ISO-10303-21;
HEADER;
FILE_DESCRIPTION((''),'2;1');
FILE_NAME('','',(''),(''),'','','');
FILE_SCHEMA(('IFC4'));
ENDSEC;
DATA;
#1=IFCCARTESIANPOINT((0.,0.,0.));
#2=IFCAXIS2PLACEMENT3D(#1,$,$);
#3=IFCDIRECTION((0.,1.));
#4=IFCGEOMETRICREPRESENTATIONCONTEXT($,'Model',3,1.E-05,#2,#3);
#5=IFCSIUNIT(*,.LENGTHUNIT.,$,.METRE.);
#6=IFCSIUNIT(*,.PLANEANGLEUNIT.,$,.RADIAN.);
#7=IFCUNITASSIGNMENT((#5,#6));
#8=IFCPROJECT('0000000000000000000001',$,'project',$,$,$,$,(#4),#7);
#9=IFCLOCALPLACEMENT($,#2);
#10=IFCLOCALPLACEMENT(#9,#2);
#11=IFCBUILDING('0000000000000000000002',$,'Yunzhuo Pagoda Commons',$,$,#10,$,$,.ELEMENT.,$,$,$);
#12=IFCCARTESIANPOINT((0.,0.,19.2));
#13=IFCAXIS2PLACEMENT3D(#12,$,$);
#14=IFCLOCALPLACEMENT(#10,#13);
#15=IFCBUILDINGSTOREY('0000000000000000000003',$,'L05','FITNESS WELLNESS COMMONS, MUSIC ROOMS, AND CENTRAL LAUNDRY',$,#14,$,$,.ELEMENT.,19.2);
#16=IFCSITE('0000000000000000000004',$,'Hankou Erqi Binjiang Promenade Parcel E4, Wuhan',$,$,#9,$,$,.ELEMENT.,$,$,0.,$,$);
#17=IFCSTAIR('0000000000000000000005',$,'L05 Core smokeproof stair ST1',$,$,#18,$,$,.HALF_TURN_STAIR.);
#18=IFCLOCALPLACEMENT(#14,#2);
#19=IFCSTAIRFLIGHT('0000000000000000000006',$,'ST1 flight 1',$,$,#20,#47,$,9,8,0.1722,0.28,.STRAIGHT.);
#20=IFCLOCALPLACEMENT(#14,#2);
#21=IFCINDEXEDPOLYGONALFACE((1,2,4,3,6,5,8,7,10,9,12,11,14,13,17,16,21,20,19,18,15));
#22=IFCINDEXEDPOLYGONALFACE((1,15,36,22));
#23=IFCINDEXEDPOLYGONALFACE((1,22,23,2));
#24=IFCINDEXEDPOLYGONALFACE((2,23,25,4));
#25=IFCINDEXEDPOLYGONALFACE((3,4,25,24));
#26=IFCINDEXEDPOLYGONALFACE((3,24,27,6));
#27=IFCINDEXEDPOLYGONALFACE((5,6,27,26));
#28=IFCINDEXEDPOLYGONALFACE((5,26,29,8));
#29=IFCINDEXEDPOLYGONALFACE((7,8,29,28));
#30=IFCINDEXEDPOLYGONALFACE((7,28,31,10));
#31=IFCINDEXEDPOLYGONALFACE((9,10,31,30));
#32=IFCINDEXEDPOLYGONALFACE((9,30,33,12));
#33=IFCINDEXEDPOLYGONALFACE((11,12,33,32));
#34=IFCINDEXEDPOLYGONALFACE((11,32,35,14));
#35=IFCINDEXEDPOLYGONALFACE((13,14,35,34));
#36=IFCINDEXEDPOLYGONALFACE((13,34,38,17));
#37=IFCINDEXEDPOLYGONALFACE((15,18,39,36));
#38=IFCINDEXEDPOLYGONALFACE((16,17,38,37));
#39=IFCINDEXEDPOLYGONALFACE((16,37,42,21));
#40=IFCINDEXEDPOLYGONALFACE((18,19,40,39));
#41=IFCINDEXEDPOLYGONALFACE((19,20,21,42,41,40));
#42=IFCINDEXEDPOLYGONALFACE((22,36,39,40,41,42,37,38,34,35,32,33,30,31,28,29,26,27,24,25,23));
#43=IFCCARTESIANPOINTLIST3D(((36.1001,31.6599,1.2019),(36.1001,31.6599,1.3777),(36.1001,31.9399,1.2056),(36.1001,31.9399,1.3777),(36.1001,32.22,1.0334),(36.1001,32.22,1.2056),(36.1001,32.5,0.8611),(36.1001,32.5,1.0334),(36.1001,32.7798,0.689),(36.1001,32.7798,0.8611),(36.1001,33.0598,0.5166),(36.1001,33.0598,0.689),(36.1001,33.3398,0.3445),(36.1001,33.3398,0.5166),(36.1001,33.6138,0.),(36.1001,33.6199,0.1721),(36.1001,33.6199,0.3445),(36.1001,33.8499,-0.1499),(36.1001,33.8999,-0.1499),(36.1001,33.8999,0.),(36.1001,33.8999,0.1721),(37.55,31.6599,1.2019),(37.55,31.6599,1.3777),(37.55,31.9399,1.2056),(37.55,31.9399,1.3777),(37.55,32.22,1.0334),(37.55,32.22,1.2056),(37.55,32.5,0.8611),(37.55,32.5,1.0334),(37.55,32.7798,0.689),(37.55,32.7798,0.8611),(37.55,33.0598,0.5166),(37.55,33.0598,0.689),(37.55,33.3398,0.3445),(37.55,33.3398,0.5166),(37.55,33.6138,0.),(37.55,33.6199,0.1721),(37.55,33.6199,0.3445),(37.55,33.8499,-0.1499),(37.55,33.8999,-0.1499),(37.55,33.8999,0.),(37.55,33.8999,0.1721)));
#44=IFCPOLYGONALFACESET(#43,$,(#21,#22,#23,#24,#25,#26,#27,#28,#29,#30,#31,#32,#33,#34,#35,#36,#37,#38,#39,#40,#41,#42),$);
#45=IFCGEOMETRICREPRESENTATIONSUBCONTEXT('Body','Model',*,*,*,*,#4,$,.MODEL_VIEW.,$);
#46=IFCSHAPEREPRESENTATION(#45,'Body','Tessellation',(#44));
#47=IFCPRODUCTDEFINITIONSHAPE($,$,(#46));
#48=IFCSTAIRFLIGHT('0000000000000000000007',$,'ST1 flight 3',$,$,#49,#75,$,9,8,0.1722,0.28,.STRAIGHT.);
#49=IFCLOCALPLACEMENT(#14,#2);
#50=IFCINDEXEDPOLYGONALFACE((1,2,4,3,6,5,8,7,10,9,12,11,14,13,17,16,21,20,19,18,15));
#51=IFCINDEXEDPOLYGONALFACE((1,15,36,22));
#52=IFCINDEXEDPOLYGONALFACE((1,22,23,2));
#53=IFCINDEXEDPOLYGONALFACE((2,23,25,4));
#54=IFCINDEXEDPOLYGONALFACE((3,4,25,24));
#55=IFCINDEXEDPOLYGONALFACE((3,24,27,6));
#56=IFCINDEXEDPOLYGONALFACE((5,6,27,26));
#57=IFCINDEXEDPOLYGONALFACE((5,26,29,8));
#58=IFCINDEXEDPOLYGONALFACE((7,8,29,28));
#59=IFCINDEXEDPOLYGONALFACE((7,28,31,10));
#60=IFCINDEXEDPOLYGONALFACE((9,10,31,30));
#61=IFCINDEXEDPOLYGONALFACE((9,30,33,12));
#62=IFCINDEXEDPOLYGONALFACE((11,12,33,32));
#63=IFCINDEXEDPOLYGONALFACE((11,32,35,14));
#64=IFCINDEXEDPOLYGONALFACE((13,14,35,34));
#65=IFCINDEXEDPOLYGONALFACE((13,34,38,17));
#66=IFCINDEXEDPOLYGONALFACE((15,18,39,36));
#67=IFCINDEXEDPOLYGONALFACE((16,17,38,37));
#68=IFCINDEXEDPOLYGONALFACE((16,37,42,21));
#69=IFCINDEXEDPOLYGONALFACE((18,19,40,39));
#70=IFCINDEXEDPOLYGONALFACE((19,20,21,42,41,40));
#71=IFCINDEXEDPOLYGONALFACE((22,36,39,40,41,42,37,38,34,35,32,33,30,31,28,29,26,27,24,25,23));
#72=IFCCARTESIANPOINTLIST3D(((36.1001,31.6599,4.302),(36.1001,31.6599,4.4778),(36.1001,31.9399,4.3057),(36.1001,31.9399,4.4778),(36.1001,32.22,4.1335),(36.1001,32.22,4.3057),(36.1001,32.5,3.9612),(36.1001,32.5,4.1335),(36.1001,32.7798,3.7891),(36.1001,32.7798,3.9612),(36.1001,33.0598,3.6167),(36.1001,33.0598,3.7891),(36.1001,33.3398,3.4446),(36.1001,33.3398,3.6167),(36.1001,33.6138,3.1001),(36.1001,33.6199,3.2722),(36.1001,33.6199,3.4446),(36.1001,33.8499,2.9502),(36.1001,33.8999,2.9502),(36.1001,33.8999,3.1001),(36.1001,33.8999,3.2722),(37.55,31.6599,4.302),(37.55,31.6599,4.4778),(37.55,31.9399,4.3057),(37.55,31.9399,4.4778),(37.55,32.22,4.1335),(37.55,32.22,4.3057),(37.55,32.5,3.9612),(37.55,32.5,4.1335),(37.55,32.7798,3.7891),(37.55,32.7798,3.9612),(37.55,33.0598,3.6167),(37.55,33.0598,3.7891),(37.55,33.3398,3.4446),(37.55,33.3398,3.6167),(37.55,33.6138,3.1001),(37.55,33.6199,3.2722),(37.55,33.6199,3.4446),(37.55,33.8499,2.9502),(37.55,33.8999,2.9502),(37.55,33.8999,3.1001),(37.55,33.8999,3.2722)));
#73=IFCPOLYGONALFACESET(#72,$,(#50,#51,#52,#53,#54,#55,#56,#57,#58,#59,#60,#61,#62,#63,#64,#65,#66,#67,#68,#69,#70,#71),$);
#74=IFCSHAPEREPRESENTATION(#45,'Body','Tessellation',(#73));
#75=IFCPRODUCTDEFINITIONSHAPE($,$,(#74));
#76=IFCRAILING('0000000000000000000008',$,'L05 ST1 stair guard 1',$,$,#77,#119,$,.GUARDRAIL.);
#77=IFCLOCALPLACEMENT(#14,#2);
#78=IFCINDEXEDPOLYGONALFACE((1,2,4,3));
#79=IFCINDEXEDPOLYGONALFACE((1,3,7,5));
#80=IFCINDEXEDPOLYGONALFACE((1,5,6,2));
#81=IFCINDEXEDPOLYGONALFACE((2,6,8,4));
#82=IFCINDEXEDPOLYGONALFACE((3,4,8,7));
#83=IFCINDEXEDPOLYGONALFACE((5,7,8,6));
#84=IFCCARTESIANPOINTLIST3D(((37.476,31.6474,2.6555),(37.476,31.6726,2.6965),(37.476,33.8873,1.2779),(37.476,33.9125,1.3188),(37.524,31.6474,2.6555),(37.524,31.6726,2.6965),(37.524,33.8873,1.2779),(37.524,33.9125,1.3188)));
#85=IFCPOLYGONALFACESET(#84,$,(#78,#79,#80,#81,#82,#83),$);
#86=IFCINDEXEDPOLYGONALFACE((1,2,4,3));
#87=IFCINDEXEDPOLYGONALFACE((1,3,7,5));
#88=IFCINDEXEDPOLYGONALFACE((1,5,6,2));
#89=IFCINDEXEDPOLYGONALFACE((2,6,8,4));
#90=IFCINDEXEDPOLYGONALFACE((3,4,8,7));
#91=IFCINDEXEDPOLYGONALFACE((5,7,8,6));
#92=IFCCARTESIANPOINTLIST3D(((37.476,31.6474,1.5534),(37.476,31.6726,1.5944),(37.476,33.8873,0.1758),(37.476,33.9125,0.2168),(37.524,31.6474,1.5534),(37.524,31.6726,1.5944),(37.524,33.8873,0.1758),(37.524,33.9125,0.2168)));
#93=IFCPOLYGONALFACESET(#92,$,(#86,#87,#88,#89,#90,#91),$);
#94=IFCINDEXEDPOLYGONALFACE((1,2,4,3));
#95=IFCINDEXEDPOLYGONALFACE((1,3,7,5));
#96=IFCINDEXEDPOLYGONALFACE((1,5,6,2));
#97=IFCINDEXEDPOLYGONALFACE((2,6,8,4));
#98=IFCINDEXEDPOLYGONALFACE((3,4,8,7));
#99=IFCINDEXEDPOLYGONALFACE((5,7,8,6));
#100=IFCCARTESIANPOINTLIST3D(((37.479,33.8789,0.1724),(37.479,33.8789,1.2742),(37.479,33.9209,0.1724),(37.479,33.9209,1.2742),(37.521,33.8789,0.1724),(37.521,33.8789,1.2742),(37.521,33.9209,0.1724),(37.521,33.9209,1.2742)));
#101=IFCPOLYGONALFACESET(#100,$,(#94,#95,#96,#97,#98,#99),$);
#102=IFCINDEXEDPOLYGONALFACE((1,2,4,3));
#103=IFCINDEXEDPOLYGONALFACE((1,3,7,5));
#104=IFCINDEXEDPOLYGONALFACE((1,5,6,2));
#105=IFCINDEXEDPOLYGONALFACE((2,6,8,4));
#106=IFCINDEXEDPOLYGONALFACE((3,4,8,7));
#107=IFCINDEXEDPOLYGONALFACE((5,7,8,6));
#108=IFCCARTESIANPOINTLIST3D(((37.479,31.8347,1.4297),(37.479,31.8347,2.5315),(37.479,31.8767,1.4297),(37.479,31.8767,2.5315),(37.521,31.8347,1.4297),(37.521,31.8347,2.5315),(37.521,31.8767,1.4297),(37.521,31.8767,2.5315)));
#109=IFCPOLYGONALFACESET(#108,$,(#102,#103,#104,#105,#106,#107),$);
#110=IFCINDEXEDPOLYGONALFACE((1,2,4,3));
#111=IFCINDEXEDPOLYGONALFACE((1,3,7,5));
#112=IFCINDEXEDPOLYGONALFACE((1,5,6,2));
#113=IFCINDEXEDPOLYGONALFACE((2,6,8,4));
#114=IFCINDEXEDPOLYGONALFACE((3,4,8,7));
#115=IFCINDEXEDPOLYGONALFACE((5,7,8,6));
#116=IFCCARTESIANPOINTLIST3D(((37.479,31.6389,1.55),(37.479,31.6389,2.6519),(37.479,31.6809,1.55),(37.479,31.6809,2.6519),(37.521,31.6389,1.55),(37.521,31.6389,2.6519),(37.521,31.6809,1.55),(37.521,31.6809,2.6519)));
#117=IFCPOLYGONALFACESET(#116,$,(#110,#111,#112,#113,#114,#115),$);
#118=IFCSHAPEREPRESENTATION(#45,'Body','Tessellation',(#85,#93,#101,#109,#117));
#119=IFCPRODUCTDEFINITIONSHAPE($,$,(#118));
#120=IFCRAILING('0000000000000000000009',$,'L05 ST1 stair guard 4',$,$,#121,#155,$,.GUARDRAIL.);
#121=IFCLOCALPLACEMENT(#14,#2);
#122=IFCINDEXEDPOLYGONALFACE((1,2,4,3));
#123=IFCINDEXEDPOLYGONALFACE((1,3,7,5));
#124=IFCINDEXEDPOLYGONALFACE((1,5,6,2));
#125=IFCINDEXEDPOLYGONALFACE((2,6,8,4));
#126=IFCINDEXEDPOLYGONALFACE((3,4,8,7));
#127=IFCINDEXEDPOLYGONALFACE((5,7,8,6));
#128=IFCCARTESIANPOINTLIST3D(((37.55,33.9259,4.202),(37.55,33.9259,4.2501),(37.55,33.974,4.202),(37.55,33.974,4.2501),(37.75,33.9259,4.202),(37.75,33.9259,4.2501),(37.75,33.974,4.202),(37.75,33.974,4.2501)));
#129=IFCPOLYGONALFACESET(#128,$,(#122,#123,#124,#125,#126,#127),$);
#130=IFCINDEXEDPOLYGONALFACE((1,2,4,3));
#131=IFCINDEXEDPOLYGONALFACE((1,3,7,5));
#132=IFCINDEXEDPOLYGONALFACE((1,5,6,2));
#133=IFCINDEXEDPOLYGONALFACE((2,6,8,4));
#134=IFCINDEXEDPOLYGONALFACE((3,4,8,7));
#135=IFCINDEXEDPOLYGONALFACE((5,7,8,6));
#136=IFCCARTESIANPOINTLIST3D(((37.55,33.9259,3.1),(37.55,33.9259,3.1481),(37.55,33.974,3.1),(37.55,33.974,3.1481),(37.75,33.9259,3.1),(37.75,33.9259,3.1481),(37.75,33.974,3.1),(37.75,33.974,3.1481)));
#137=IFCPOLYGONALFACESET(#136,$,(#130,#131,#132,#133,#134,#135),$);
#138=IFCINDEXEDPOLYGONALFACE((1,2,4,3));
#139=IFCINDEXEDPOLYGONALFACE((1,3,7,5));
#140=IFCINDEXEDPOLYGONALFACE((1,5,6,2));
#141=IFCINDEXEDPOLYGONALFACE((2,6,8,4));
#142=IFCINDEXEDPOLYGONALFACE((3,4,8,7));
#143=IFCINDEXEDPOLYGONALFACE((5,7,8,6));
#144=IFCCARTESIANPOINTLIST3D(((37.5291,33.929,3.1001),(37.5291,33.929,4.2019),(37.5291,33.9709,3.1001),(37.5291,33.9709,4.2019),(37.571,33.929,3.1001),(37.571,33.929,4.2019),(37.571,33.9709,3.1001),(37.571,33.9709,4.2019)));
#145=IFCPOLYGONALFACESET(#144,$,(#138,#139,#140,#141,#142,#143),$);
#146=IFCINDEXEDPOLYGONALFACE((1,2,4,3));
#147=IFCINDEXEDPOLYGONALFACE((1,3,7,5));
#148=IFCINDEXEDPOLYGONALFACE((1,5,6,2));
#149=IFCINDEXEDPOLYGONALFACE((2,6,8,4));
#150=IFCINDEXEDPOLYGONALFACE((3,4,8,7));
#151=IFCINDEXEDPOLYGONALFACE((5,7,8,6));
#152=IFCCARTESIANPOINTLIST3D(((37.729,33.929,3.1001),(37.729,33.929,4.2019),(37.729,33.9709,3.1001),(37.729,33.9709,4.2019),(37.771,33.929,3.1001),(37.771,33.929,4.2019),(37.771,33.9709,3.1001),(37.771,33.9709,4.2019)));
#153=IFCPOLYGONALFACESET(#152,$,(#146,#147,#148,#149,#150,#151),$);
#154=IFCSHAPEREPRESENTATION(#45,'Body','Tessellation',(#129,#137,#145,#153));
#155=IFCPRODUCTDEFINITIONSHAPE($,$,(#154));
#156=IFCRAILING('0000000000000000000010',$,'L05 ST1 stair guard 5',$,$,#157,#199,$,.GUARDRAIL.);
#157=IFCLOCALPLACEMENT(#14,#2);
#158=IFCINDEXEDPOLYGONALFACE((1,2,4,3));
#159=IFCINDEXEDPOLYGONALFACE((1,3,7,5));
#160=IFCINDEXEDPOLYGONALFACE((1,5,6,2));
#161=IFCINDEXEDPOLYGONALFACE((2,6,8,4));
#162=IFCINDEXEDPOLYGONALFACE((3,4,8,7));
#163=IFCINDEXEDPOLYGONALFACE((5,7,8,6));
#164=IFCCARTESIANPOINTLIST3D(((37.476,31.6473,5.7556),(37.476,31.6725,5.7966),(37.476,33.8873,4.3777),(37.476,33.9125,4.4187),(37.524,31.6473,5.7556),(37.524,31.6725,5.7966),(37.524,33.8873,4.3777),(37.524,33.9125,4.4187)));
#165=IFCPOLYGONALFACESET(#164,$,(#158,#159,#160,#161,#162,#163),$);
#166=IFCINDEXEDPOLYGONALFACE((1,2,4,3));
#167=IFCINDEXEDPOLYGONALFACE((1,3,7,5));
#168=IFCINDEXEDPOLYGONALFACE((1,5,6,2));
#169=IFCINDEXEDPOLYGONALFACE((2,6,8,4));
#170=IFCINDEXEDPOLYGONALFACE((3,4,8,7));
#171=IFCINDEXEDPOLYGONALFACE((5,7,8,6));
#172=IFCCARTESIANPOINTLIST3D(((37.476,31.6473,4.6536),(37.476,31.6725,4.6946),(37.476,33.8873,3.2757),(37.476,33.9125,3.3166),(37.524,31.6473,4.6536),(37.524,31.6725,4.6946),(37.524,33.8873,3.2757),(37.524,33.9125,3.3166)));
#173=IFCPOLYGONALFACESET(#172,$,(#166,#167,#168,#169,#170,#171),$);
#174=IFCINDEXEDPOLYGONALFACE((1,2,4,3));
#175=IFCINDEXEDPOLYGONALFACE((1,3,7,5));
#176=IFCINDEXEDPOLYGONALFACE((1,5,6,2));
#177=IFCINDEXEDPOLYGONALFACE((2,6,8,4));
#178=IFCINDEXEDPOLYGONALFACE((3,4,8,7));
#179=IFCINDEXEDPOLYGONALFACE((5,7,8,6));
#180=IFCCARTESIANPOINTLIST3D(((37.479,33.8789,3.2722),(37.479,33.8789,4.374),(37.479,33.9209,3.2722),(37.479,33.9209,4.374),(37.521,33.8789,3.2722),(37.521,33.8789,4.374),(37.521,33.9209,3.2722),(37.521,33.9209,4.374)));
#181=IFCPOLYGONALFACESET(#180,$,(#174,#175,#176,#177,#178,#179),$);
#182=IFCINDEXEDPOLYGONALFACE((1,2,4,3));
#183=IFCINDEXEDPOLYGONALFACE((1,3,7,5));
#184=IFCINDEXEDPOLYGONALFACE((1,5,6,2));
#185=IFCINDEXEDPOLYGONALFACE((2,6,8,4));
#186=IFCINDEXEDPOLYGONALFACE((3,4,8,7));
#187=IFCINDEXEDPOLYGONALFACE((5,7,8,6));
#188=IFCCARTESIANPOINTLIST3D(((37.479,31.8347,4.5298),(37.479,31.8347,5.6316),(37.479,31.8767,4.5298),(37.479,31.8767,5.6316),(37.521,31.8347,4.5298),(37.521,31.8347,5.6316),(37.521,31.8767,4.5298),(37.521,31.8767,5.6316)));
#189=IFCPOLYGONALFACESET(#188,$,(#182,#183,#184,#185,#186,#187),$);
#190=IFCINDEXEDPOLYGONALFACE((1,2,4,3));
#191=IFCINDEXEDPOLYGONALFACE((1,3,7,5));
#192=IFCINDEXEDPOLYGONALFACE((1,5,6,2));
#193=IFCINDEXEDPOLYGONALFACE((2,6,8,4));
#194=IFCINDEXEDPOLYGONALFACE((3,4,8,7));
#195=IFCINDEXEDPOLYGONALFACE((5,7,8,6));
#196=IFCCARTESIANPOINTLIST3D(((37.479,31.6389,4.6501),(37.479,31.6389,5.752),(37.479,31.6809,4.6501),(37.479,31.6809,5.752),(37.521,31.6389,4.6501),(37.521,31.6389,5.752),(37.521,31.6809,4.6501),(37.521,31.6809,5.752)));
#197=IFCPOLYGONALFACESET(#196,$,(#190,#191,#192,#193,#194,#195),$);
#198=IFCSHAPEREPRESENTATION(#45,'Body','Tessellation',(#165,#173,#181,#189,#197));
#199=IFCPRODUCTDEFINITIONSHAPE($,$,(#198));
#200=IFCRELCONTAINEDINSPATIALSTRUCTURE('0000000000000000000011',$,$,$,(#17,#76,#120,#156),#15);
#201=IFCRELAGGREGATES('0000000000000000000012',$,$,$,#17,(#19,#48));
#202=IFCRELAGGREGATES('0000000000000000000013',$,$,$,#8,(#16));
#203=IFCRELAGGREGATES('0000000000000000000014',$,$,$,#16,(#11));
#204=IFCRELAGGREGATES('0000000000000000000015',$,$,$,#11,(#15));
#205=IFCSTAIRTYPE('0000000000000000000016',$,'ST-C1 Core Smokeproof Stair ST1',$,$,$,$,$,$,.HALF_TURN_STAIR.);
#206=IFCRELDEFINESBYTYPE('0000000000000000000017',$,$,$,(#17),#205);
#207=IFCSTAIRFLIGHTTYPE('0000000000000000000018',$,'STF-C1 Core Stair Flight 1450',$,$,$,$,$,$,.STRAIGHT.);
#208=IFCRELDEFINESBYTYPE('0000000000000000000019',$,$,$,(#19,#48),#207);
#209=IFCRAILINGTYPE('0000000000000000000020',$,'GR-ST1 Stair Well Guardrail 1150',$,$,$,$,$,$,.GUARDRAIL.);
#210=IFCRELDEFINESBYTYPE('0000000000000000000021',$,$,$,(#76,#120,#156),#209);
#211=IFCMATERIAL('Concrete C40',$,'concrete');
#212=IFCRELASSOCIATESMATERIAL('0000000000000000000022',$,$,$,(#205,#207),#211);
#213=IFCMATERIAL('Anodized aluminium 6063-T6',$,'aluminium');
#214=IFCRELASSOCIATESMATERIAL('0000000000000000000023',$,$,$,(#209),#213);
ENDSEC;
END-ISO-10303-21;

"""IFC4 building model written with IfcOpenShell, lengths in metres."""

from ifc_helpers import new_model, si_unit, direction, frame, origin, origin_2d, place, context, subcontext, project, spatial, polyline, rectangle, outline, extrude, source, transform, mapped, material, type_object, element, aggregate, save


model = new_model("IFC4")

# Units and contexts
model_context = context("Model", 3, precision=1e-05, world=origin(), true_north=direction((0.0, 1.0)))
body_context = subcontext(model_context, "Body", "Model", "MODEL_VIEW")
ifc_project = project(units=[si_unit("LENGTHUNIT", "METRE"), si_unit("PLANEANGLEUNIT", "RADIAN")], contexts=[model_context])

# Site, building, storey
site_placement = place(None, origin())
site = spatial("IfcSite", under=ifc_project, at=site_placement, Name="Hankou Erqi Binjiang Promenade Parcel E4, Wuhan", CompositionType="ELEMENT", RefElevation=0.0)
building_placement = place(site_placement, origin())
building = spatial("IfcBuilding", under=site, at=building_placement, Name="Yunzhuo Pagoda Commons", CompositionType="ELEMENT")
storey_placement = place(building_placement, frame((0.0, 0.0, 19.2)))
storey = spatial("IfcBuildingStorey", under=building, at=storey_placement, Name="L05", Description="FITNESS WELLNESS COMMONS, MUSIC ROOMS, AND CENTRAL LAUNDRY", CompositionType="ELEMENT", Elevation=19.2)

# Shared definitions
ifc_material_1 = material(Name="Concrete C40", Category="concrete")

# Stair, stair flights
stair_type = type_object("IfcStairType", Name="ST-C1 Core Smokeproof Stair ST1", PredefinedType="HALF_TURN_STAIR", material=ifc_material_1)
stair_placement = place(storey_placement, origin())
stair = element("IfcStair", 1, at=stair_placement, inside=storey, type_object=stair_type, Name="L05 Core smokeproof stair ST1", PredefinedType="HALF_TURN_STAIR")
stair_flight_type = type_object("IfcStairFlightType", Name="STF-C1 Core Stair Flight 1450", PredefinedType="STRAIGHT", material=ifc_material_1)
shared_shape_1 = source(origin(), body_context, "Body", "SweptSolid", [
    extrude(outline(polyline([(0.0, -0.1499), (0.0, 0.0), (0.0, 0.1721), (0.28, 0.1721), (0.28, 0.3445), (0.5601, 0.3445), (0.5601, 0.5166), (0.8401, 0.5166), (0.8401, 0.689), (1.1201, 0.689), (1.1201, 0.8611), (1.3999, 0.8611), (1.3999, 1.0334), (1.6799, 1.0334), (1.6799, 1.2056), (1.96, 1.2056), (1.96, 1.3777), (2.24, 1.3777), (2.24, 1.55), (2.24, 1.2019), (0.2861, 0.0), (0.05, -0.1499), (0.0, -0.1499)])), frame((0.0, 0.7251, 0.0), z_axis=(0.0, -1.0, 0.0), x_axis=(1.0, 0.0, 0.0)), (0.0, 0.0, 1.0), 1.45),
])
stair_flight_1_placement = place(storey_placement, frame((36.825, 33.8999, 0.0), z_axis=(0.0, 0.0, 1.0), x_axis=(0.0, -1.0, 0.0)))
stair_flight_1 = element("IfcStairFlight", 2, at=stair_flight_1_placement, type_object=stair_flight_type, Name="ST1 flight 1", NumberOfRisers=9, NumberOfTreads=8, PredefinedType="STRAIGHT", RiserHeight=0.1722, TreadLength=0.28, context=body_context, shape_type="MappedRepresentation", body=[
    mapped(shared_shape_1, transform((0.0, 0.0, 0.0), scale=1.0)),
])
stair_flight_2_placement = place(storey_placement, frame((36.825, 33.8999, 3.1001), z_axis=(0.0, 0.0, 1.0), x_axis=(0.0, -1.0, 0.0)))
stair_flight_2 = element("IfcStairFlight", 3, at=stair_flight_2_placement, type_object=stair_flight_type, Name="ST1 flight 3", NumberOfRisers=9, NumberOfTreads=8, PredefinedType="STRAIGHT", RiserHeight=0.1722, TreadLength=0.28, context=body_context, shape_type="MappedRepresentation", body=[
    mapped(shared_shape_1, transform((0.0, 0.0, 0.0), scale=1.0)),
])
aggregate(stair, [stair_flight_1, stair_flight_2])

# Railings
ifc_material_2 = material(Name="Anodized aluminium 6063-T6", Category="aluminium")
railing_type_1 = type_object("IfcRailingType", Name="GR-ST1 Stair Well Guardrail 1150", PredefinedType="GUARDRAIL", material=ifc_material_2)
railing_1_placement = place(storey_placement, frame((37.5, 33.8999, 0.1724)))
element("IfcRailing", 4, at=railing_1_placement, inside=storey, type_object=railing_type_1, Name="L05 ST1 stair guard 1", PredefinedType="GUARDRAIL", context=body_context, shape_type="SweptSolid", body=[
    extrude(rectangle(XDim=0.0481, YDim=0.0481, at=origin_2d()), frame((0.0, 0.0, 1.126), z_axis=(0.0, -0.851789, 0.523885), x_axis=(1.0, 0.0, 0.0)), (0.0, 0.0, 1.0), 2.6296),
    extrude(rectangle(XDim=0.0481, YDim=0.0481, at=origin_2d()), frame((0.0, 0.0, 0.0239), z_axis=(0.0, -0.851789, 0.523885), x_axis=(1.0, 0.0, 0.0)), (0.0, 0.0, 1.0), 2.6296),
    extrude(rectangle(XDim=0.042, YDim=0.042, at=origin_2d()), origin(), (0.0, 0.0, 1.0), 1.1018),
    extrude(rectangle(XDim=0.042, YDim=0.042, at=origin_2d()), frame((0.0, -2.0442, 1.2573)), (0.0, 0.0, 1.0), 1.1018),
    extrude(rectangle(XDim=0.042, YDim=0.042, at=origin_2d()), frame((0.0, -2.24, 1.3777)), (0.0, 0.0, 1.0), 1.1018),
])
railing_2_placement = place(storey_placement, frame((37.55, 33.95, 3.1001)))
element("IfcRailing", 5, at=railing_2_placement, inside=storey, type_object=railing_type_1, Name="L05 ST1 stair guard 4", PredefinedType="GUARDRAIL", context=body_context, shape_type="SweptSolid", body=[
    extrude(rectangle(XDim=0.0481, YDim=0.0481, at=origin_2d()), frame((0.0, 0.0, 1.126), z_axis=(1.0, 0.0, 0.0), x_axis=(0.0, 1.0, 0.0)), (0.0, 0.0, 1.0), 0.2),
    extrude(rectangle(XDim=0.0481, YDim=0.0481, at=origin_2d()), frame((0.0, 0.0, 0.0239), z_axis=(1.0, 0.0, 0.0), x_axis=(0.0, 1.0, 0.0)), (0.0, 0.0, 1.0), 0.2),
    extrude(rectangle(XDim=0.042, YDim=0.042, at=origin_2d()), origin(), (0.0, 0.0, 1.0), 1.1018),
    extrude(rectangle(XDim=0.042, YDim=0.042, at=origin_2d()), frame((0.2, 0.0, 0.0)), (0.0, 0.0, 1.0), 1.1018),
])
railing_3_placement = place(storey_placement, frame((37.5, 33.8999, 3.2722)))
element("IfcRailing", 6, at=railing_3_placement, inside=storey, type_object=railing_type_1, Name="L05 ST1 stair guard 5", PredefinedType="GUARDRAIL", context=body_context, shape_type="SweptSolid", body=[
    extrude(rectangle(XDim=0.0481, YDim=0.0481, at=origin_2d()), frame((0.0, 0.0, 1.126), z_axis=(0.0, -0.851748, 0.523952), x_axis=(1.0, 0.0, 0.0)), (0.0, 0.0, 1.0), 2.6299),
    extrude(rectangle(XDim=0.0481, YDim=0.0481, at=origin_2d()), frame((0.0, 0.0, 0.0239), z_axis=(0.0, -0.851748, 0.523952), x_axis=(1.0, 0.0, 0.0)), (0.0, 0.0, 1.0), 2.6299),
    extrude(rectangle(XDim=0.042, YDim=0.042, at=origin_2d()), origin(), (0.0, 0.0, 1.0), 1.1018),
    extrude(rectangle(XDim=0.042, YDim=0.042, at=origin_2d()), frame((0.0, -2.0442, 1.2576)), (0.0, 0.0, 1.0), 1.1018),
    extrude(rectangle(XDim=0.042, YDim=0.042, at=origin_2d()), frame((0.0, -2.24, 1.3779)), (0.0, 0.0, 1.0), 1.1018),
])

save(model, "model.ifc")
